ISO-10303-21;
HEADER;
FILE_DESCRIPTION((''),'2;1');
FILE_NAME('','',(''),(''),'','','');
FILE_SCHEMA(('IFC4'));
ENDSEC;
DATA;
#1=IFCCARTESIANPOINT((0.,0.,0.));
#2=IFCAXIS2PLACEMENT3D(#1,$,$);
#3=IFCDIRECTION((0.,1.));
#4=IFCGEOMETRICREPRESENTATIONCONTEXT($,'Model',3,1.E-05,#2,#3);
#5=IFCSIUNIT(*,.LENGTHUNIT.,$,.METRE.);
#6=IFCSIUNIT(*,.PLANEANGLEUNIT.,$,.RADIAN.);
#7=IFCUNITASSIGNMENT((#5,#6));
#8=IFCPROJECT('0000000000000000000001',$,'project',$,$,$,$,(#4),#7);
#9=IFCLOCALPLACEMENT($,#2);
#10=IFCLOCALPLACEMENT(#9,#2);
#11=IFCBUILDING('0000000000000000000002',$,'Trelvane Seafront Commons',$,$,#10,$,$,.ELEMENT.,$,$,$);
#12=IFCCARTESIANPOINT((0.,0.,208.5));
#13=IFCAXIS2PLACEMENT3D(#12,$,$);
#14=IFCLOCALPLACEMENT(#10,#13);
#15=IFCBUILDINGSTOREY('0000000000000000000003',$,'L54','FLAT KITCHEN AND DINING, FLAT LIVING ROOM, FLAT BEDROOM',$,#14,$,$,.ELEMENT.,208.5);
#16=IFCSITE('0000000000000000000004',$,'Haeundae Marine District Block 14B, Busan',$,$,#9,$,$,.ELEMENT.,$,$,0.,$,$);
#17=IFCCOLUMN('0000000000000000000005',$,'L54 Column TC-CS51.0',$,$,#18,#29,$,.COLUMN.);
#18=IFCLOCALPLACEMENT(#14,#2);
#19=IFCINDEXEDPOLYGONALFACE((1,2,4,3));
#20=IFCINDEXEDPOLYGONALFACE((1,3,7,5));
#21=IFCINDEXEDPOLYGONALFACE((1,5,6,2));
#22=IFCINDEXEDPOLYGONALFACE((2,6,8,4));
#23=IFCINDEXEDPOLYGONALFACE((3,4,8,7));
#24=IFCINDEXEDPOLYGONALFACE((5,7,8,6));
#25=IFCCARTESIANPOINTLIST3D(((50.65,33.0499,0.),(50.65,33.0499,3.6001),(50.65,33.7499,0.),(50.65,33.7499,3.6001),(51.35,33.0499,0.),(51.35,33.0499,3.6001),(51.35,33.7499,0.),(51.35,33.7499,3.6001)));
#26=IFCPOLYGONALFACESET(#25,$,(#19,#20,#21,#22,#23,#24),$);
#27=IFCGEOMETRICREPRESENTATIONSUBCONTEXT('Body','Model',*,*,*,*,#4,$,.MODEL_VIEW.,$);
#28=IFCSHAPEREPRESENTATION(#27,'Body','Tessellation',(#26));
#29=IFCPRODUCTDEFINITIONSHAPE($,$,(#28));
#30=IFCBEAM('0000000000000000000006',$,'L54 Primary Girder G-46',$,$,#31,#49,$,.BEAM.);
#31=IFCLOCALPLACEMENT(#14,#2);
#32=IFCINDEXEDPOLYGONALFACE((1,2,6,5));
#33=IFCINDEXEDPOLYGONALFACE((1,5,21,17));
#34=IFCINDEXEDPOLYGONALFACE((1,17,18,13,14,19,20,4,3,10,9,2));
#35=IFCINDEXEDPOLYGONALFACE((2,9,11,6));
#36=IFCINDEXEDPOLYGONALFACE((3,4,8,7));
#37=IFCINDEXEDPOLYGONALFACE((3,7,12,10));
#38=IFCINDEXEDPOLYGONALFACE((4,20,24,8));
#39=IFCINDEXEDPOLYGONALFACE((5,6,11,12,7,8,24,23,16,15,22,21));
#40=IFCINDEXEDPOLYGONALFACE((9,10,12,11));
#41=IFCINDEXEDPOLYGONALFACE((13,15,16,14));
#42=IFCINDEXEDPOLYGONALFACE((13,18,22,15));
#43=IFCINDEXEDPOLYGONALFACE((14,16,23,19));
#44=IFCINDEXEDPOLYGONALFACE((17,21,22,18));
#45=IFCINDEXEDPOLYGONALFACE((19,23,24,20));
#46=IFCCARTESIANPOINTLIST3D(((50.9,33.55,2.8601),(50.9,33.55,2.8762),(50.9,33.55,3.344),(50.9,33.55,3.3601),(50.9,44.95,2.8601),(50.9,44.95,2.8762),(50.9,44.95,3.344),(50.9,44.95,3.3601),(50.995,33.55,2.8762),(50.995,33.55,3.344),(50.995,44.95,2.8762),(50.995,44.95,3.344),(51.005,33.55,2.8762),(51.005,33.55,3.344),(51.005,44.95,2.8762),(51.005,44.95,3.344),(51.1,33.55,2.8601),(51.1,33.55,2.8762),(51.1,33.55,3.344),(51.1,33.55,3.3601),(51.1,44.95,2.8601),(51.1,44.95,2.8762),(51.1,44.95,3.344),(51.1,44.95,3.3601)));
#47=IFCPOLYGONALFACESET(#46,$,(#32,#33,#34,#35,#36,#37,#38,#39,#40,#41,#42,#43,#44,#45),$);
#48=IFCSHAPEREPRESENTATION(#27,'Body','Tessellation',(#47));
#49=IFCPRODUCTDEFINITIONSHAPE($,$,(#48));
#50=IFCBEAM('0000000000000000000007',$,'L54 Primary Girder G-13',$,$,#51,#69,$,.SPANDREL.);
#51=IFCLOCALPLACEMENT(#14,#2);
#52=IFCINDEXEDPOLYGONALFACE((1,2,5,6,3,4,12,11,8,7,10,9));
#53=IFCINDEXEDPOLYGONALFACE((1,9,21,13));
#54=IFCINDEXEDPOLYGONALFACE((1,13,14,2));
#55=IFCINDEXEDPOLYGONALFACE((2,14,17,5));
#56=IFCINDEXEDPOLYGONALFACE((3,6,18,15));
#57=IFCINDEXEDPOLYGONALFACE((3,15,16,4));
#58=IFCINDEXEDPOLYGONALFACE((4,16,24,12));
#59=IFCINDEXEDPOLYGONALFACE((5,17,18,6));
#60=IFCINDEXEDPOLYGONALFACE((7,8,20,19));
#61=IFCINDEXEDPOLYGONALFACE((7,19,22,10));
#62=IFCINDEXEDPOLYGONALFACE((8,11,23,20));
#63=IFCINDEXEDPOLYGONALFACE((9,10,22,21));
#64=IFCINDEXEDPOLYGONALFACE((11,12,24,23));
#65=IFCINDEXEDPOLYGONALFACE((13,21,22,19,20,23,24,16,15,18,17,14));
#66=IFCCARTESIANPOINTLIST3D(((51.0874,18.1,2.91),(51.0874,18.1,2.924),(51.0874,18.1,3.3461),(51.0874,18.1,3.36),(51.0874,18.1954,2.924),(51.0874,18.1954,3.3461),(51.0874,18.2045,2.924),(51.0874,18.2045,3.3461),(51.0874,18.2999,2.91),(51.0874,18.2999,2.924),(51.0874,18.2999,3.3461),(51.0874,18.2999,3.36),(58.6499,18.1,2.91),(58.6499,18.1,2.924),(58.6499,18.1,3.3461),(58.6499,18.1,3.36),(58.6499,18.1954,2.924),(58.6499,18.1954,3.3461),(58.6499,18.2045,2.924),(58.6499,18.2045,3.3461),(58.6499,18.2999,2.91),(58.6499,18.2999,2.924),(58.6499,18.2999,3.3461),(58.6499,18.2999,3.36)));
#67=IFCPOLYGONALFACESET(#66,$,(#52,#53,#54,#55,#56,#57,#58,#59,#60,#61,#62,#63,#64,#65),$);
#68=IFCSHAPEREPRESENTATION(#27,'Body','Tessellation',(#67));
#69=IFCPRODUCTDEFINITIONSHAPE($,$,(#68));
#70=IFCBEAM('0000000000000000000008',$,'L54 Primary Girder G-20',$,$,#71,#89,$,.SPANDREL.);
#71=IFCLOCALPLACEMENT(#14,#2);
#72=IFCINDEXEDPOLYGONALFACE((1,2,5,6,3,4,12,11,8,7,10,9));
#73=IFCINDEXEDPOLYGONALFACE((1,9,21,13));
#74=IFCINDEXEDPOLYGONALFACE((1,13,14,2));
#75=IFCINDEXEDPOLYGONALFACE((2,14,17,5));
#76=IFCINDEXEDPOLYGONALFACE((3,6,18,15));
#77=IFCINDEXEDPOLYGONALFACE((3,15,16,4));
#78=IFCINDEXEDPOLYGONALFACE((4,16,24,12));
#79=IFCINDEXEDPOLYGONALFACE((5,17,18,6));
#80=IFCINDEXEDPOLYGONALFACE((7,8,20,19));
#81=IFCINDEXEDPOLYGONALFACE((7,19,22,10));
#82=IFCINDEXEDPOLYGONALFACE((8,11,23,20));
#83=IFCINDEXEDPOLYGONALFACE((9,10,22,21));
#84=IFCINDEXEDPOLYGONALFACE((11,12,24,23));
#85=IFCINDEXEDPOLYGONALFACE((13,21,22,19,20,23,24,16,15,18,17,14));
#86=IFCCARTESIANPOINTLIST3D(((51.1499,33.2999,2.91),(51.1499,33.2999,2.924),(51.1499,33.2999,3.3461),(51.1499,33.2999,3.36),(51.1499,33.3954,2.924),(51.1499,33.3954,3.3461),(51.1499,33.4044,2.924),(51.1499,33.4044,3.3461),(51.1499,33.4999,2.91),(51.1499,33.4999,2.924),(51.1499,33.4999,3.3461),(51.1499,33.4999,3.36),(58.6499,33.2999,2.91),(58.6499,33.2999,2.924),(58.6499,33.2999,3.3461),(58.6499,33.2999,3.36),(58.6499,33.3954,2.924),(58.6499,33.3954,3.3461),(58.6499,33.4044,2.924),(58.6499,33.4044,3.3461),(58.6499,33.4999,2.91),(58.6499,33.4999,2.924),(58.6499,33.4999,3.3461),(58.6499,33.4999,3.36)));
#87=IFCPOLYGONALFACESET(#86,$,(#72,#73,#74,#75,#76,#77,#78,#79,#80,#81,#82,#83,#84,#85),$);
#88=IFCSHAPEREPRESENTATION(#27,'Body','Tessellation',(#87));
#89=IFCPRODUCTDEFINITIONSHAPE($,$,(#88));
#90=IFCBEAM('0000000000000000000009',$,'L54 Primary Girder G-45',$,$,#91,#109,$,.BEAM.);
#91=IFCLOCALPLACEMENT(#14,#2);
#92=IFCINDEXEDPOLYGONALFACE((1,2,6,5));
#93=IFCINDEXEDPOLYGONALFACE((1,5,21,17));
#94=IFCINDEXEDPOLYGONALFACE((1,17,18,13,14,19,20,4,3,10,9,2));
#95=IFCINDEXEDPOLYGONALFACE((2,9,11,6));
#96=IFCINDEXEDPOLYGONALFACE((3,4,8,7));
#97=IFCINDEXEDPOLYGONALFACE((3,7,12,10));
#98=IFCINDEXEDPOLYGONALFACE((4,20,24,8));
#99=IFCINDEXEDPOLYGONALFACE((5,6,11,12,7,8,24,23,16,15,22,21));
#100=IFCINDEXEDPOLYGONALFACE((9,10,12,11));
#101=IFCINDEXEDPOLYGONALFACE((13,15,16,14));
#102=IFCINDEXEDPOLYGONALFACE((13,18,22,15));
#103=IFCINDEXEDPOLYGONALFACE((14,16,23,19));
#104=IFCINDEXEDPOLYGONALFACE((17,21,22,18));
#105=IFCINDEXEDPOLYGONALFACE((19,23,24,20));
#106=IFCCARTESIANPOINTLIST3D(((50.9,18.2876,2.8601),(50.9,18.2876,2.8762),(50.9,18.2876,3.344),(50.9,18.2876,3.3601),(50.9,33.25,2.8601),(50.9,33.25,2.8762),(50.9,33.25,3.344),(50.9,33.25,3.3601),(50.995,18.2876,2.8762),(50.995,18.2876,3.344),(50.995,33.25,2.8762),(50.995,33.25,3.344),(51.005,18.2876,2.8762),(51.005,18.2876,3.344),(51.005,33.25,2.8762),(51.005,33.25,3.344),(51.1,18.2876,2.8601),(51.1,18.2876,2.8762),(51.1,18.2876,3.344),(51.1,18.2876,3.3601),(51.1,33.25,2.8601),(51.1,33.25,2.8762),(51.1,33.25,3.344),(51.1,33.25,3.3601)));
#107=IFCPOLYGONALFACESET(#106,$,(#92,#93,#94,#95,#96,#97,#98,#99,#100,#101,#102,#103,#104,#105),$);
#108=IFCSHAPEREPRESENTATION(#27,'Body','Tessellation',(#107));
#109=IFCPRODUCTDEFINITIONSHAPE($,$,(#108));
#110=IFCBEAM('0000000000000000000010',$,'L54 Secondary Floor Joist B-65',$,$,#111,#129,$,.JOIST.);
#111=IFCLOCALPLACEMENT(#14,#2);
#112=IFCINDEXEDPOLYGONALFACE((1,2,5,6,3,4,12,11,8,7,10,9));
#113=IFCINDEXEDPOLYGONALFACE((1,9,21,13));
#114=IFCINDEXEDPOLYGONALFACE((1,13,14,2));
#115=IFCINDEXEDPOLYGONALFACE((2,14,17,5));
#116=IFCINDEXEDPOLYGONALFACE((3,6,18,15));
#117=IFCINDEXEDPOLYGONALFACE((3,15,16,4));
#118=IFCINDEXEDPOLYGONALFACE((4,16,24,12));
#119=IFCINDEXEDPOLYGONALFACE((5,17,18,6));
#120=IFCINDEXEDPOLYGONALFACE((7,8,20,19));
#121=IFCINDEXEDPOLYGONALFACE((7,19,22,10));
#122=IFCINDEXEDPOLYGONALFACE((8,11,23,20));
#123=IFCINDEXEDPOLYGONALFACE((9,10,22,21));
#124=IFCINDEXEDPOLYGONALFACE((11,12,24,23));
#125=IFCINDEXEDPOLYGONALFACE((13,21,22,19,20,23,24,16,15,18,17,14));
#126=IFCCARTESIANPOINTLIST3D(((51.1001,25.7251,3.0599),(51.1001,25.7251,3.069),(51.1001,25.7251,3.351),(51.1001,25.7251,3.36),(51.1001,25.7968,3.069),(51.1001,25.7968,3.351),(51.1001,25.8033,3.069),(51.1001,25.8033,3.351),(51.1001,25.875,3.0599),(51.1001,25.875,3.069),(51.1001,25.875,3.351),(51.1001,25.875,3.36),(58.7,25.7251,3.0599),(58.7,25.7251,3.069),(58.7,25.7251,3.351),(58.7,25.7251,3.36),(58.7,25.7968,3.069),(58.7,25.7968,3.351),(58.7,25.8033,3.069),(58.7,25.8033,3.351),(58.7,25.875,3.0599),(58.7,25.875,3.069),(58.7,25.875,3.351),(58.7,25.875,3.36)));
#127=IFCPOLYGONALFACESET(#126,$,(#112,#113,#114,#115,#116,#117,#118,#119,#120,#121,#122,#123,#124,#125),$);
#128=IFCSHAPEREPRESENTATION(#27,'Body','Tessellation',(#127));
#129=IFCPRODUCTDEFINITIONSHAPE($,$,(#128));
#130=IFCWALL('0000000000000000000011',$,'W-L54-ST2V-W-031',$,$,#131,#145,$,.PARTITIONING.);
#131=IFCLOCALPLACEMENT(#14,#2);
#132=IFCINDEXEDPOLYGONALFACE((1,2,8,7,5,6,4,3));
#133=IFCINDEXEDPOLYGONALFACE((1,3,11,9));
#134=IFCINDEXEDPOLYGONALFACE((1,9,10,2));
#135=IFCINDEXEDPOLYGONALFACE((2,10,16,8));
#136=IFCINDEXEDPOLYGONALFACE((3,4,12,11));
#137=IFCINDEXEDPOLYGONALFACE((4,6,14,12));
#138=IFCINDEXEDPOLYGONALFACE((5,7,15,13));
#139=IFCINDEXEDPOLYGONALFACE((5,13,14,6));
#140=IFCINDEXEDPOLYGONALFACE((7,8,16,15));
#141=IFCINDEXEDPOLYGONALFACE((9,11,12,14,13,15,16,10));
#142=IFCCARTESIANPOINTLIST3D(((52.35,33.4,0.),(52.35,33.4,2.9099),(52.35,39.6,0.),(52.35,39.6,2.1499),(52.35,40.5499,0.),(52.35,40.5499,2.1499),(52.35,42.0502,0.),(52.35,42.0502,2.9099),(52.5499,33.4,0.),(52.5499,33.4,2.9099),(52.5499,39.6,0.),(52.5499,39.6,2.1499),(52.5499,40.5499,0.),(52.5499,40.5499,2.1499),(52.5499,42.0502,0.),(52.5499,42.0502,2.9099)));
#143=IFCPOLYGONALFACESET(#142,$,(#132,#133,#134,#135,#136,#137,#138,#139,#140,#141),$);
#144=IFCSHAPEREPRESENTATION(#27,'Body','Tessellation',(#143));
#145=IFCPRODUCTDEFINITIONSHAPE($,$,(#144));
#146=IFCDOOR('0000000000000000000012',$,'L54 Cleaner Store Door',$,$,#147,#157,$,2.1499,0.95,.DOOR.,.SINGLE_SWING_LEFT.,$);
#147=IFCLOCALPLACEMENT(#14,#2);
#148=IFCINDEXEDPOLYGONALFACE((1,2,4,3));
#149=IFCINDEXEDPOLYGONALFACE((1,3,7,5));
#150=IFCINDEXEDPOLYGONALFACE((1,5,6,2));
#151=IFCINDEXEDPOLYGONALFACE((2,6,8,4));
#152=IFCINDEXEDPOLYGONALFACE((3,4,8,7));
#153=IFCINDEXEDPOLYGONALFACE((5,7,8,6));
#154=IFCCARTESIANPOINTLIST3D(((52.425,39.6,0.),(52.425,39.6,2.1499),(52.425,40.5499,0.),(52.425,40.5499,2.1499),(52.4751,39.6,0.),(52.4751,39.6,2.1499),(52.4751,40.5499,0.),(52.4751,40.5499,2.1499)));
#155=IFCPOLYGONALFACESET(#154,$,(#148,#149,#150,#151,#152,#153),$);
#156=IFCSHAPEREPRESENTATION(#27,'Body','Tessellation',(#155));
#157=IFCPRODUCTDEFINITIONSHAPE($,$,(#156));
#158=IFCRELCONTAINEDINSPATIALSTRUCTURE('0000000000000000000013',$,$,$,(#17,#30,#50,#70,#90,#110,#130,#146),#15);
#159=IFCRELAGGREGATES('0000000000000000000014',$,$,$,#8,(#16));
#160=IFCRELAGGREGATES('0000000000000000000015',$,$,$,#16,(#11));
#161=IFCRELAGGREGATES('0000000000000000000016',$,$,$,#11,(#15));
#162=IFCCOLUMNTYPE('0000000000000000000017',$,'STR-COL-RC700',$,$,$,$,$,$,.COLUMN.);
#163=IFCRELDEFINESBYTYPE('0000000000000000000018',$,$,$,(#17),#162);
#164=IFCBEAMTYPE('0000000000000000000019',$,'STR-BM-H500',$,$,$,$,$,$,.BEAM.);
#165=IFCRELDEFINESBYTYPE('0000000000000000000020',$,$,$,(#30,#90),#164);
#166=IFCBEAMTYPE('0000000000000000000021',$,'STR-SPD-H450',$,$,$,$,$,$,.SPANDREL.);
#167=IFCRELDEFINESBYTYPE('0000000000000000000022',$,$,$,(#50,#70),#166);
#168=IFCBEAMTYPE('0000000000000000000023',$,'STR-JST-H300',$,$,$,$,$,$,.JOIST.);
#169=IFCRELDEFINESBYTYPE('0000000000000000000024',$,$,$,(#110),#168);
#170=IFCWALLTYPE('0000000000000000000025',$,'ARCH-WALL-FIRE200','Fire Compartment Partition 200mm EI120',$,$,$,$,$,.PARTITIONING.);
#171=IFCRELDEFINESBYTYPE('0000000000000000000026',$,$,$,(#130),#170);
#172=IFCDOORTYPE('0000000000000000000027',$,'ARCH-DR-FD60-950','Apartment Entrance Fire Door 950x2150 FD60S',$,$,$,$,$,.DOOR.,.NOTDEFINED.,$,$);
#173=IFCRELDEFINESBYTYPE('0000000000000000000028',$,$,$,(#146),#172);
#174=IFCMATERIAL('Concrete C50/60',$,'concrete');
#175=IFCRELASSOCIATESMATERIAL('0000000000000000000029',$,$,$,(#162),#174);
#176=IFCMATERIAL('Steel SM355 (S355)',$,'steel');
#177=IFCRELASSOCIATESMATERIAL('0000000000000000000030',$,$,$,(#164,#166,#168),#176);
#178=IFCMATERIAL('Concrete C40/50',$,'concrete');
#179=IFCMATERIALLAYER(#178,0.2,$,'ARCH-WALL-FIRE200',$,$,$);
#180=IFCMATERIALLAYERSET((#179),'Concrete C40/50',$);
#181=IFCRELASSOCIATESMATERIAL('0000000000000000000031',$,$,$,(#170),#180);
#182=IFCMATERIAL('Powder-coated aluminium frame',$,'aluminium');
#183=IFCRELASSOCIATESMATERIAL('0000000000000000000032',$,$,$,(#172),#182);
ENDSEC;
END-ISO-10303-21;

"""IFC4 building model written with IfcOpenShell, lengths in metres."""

from ifc_helpers import new_model, si_unit, direction, frame, frame_2d, origin, origin_2d, place, context, subcontext, project, spatial, rectangle, i_section, extrude, source, transform, mapped, material, layer, layer_set, material_profile, profile_set, type_object, element, fill, save


model = new_model("IFC4")

# Units and contexts
model_context = context("Model", 3, precision=1e-05, world=origin(), true_north=direction((0.0, 1.0)))
body_context = subcontext(model_context, "Body", "Model", "MODEL_VIEW")
ifc_project = project(units=[si_unit("LENGTHUNIT", "METRE"), si_unit("PLANEANGLEUNIT", "RADIAN")], contexts=[model_context])

# Site, building, storey
site_placement = place(None, origin())
site = spatial("IfcSite", under=ifc_project, at=site_placement, Name="Haeundae Marine District Block 14B, Busan", CompositionType="ELEMENT", RefElevation=0.0)
building_placement = place(site_placement, origin())
building = spatial("IfcBuilding", under=site, at=building_placement, Name="Trelvane Seafront Commons", CompositionType="ELEMENT")
storey_placement = place(building_placement, frame((0.0, 0.0, 208.5)))
storey = spatial("IfcBuildingStorey", under=building, at=storey_placement, Name="L54", Description="FLAT KITCHEN AND DINING, FLAT LIVING ROOM, FLAT BEDROOM", CompositionType="ELEMENT", Elevation=208.5)

# Column
ifc_material_1 = material(Name="Concrete C50/60", Category="concrete")
ifc_material_profile_1 = material_profile(ifc_material_1, rectangle(XDim=0.7, YDim=0.7, at=origin_2d()), Name="RC-700x700")
ifc_profile_set_1 = profile_set([ifc_material_profile_1], Name="Concrete C50/60")
column_type = type_object("IfcColumnType", Name="STR-COL-RC700", PredefinedType="COLUMN", material=ifc_profile_set_1)
shared_shape_1 = source(origin(), body_context, "Body", "SweptSolid", [
    extrude(rectangle(XDim=0.7, YDim=0.7, at=origin_2d()), origin(), (0.0, 0.0, 1.0), 3.6001),
])
column_placement = place(storey_placement, frame((51.0, 33.3999, 0.0), z_axis=(0.0, 0.0, 1.0), x_axis=(1.0, 0.0, 0.0)))
element("IfcColumn", 1, at=column_placement, inside=storey, type_object=column_type, Name="L54 Column TC-CS51.0", PredefinedType="COLUMN", context=body_context, shape_type="MappedRepresentation", body=[
    mapped(shared_shape_1, transform((0.0, 0.0, 0.0), x_axis=(1.0, 0.0, 0.0), y_axis=(0.0, 1.0, 0.0), z_axis=(0.0, 0.0, 1.0), scale=1.0)),
])

# Beams
ifc_material_2 = material(Name="Steel SM355 (S355)", Category="steel")
ifc_material_profile_2 = material_profile(ifc_material_2, i_section(OverallWidth=0.2, OverallDepth=0.5, WebThickness=0.01, FlangeThickness=0.0161, at=origin_2d()), Name="H-500x200x10x16")
ifc_profile_set_2 = profile_set([ifc_material_profile_2], Name="Steel SM355 (S355)")
beam_type_1 = type_object("IfcBeamType", Name="STR-BM-H500", PredefinedType="BEAM", material=ifc_profile_set_2)
shared_shape_2 = source(origin(), body_context, "Body", "SweptSolid", [
    extrude(i_section(OverallWidth=0.2, OverallDepth=0.5, WebThickness=0.01, FlangeThickness=0.0161, at=origin_2d()), origin(), (0.0, 0.0, 1.0), 11.3999),
])
beam_1_placement = place(storey_placement, frame((51.0, 33.55, 3.1101), z_axis=(0.0, 1.0, 0.0), x_axis=(-1.0, 0.0, 0.0)))
element("IfcBeam", 2, at=beam_1_placement, inside=storey, type_object=beam_type_1, Name="L54 Primary Girder G-46", PredefinedType="BEAM", context=body_context, shape_type="MappedRepresentation", body=[
    mapped(shared_shape_2, transform((0.0, 0.0, 0.0), x_axis=(1.0, 0.0, 0.0), y_axis=(0.0, 1.0, 0.0), z_axis=(0.0, 0.0, 1.0), scale=1.0)),
])
ifc_material_profile_3 = material_profile(ifc_material_2, i_section(OverallWidth=0.2, OverallDepth=0.45, WebThickness=0.009, FlangeThickness=0.0139, at=origin_2d()), Name="H-450x200x9x14")
ifc_profile_set_3 = profile_set([ifc_material_profile_3], Name="Steel SM355 (S355)")
beam_type_2 = type_object("IfcBeamType", Name="STR-SPD-H450", PredefinedType="SPANDREL", material=ifc_profile_set_3)
shared_shape_3 = source(origin(), body_context, "Body", "SweptSolid", [
    extrude(i_section(OverallWidth=0.2, OverallDepth=0.45, WebThickness=0.009, FlangeThickness=0.0139, at=origin_2d()), origin(), (0.0, 0.0, 1.0), 7.5625),
])
beam_2_placement = place(storey_placement, frame((51.0874, 18.2, 3.135), z_axis=(1.0, 0.0, 0.0), x_axis=(0.0, 1.0, 0.0)))
element("IfcBeam", 3, at=beam_2_placement, inside=storey, type_object=beam_type_2, Name="L54 Primary Girder G-13", PredefinedType="SPANDREL", context=body_context, shape_type="MappedRepresentation", body=[
    mapped(shared_shape_3, transform((0.0, 0.0, 0.0), x_axis=(1.0, 0.0, 0.0), y_axis=(0.0, 1.0, 0.0), z_axis=(0.0, 0.0, 1.0), scale=1.0)),
])
shared_shape_4 = source(origin(), body_context, "Body", "SweptSolid", [
    extrude(i_section(OverallWidth=0.2, OverallDepth=0.45, WebThickness=0.009, FlangeThickness=0.0139, at=origin_2d()), origin(), (0.0, 0.0, 1.0), 7.5),
])
beam_3_placement = place(storey_placement, frame((51.1499, 33.3999, 3.135), z_axis=(1.0, 0.0, 0.0), x_axis=(0.0, 1.0, 0.0)))
element("IfcBeam", 4, at=beam_3_placement, inside=storey, type_object=beam_type_2, Name="L54 Primary Girder G-20", PredefinedType="SPANDREL", context=body_context, shape_type="MappedRepresentation", body=[
    mapped(shared_shape_4, transform((0.0, 0.0, 0.0), x_axis=(1.0, 0.0, 0.0), y_axis=(0.0, 1.0, 0.0), z_axis=(0.0, 0.0, 1.0), scale=1.0)),
])
shared_shape_5 = source(origin(), body_context, "Body", "SweptSolid", [
    extrude(i_section(OverallWidth=0.2, OverallDepth=0.5, WebThickness=0.01, FlangeThickness=0.0161, at=origin_2d()), origin(), (0.0, 0.0, 1.0), 14.9624),
])
beam_4_placement = place(storey_placement, frame((51.0, 18.2876, 3.1101), z_axis=(0.0, 1.0, 0.0), x_axis=(-1.0, 0.0, 0.0)))
element("IfcBeam", 5, at=beam_4_placement, inside=storey, type_object=beam_type_1, Name="L54 Primary Girder G-45", PredefinedType="BEAM", context=body_context, shape_type="MappedRepresentation", body=[
    mapped(shared_shape_5, transform((0.0, 0.0, 0.0), x_axis=(1.0, 0.0, 0.0), y_axis=(0.0, 1.0, 0.0), z_axis=(0.0, 0.0, 1.0), scale=1.0)),
])
ifc_material_profile_4 = material_profile(ifc_material_2, i_section(OverallWidth=0.1499, OverallDepth=0.3, WebThickness=0.0066, FlangeThickness=0.009, at=origin_2d()), Name="H-300x150x6.5x9")
ifc_profile_set_4 = profile_set([ifc_material_profile_4], Name="Steel SM355 (S355)")
beam_type_3 = type_object("IfcBeamType", Name="STR-JST-H300", PredefinedType="JOIST", material=ifc_profile_set_4)
shared_shape_6 = source(origin(), body_context, "Body", "SweptSolid", [
    extrude(i_section(OverallWidth=0.1499, OverallDepth=0.3, WebThickness=0.0066, FlangeThickness=0.009, at=origin_2d()), origin(), (0.0, 0.0, 1.0), 7.5999),
])
beam_5_placement = place(storey_placement, frame((51.1001, 25.8, 3.21), z_axis=(1.0, 0.0, 0.0), x_axis=(0.0, 1.0, 0.0)))
element("IfcBeam", 6, at=beam_5_placement, inside=storey, type_object=beam_type_3, Name="L54 Secondary Floor Joist B-65", PredefinedType="JOIST", context=body_context, shape_type="MappedRepresentation", body=[
    mapped(shared_shape_6, transform((0.0, 0.0, 0.0), x_axis=(1.0, 0.0, 0.0), y_axis=(0.0, 1.0, 0.0), z_axis=(0.0, 0.0, 1.0), scale=1.0)),
])

# Wall, opening, door
ifc_material_3 = material(Name="Concrete C40/50", Category="concrete")
ifc_layer_1 = layer(ifc_material_3, 0.2, Name="ARCH-WALL-FIRE200")
ifc_layer_set_1 = layer_set([ifc_layer_1], Name="Concrete C40/50")
wall_type_1 = type_object("IfcWallType", Name="ARCH-WALL-FIRE200", Description="Fire Compartment Partition 200mm EI120", PredefinedType="PARTITIONING", material=ifc_layer_set_1)
wall_1_placement = place(storey_placement, frame((52.45, 33.3999, 0.0), z_axis=(0.0, 0.0, 1.0), x_axis=(0.0, 1.0, 0.0)))
wall_1 = element("IfcWall", 7, at=wall_1_placement, inside=storey, type_object=wall_type_1, Name="W-L54-ST2V-W-031", PredefinedType="PARTITIONING", context=body_context, shape_type="SweptSolid", body=[
    extrude(rectangle(XDim=8.6501, YDim=0.2, at=frame_2d((4.3252, 0.0))), origin(), (0.0, 0.0, 1.0), 2.9099),
])
opening_1_placement = place(wall_1_placement, frame((6.2, 0.0, 0.0)))
opening_1 = element("IfcOpeningElement", 8, at=opening_1_placement, cuts=wall_1, PredefinedType="OPENING", context=body_context, shape_type="SweptSolid", body=[
    extrude(rectangle(XDim=0.95, YDim=2.1499, at=frame_2d((0.4751, 1.075))), frame((0.0, 0.1099, 0.0), z_axis=(0.0, -1.0, 0.0), x_axis=(1.0, 0.0, 0.0)), (0.0, 0.0, 1.0), 0.22),
])
ifc_material_4 = material(Name="Powder-coated aluminium frame", Category="aluminium")
door_type_1 = type_object("IfcDoorType", Name="ARCH-DR-FD60-950", Description="Apartment Entrance Fire Door 950x2150 FD60S", OperationType="NOTDEFINED", PredefinedType="DOOR", material=ifc_material_4)
shared_shape_7 = source(origin(), body_context, "Body", "SweptSolid", [
    extrude(rectangle(XDim=0.95, YDim=2.1499, at=frame_2d((0.4751, 1.075))), frame((0.0, 0.0249, 0.0), z_axis=(0.0, -1.0, 0.0), x_axis=(1.0, 0.0, 0.0)), (0.0, 0.0, 1.0), 0.05),
])
door_1_placement = place(opening_1_placement, origin())
door_1 = element("IfcDoor", 9, at=door_1_placement, inside=storey, type_object=door_type_1, Name="L54 Cleaner Store Door", OperationType="SINGLE_SWING_LEFT", OverallHeight=2.1499, OverallWidth=0.95, PredefinedType="DOOR", context=body_context, shape_type="MappedRepresentation", body=[
    mapped(shared_shape_7, transform((0.0, 0.0, 0.0), x_axis=(1.0, 0.0, 0.0), y_axis=(0.0, 1.0, 0.0), z_axis=(0.0, 0.0, 1.0), scale=1.0)),
])
fill(opening_1, door_1)

save(model, "model.ifc")
